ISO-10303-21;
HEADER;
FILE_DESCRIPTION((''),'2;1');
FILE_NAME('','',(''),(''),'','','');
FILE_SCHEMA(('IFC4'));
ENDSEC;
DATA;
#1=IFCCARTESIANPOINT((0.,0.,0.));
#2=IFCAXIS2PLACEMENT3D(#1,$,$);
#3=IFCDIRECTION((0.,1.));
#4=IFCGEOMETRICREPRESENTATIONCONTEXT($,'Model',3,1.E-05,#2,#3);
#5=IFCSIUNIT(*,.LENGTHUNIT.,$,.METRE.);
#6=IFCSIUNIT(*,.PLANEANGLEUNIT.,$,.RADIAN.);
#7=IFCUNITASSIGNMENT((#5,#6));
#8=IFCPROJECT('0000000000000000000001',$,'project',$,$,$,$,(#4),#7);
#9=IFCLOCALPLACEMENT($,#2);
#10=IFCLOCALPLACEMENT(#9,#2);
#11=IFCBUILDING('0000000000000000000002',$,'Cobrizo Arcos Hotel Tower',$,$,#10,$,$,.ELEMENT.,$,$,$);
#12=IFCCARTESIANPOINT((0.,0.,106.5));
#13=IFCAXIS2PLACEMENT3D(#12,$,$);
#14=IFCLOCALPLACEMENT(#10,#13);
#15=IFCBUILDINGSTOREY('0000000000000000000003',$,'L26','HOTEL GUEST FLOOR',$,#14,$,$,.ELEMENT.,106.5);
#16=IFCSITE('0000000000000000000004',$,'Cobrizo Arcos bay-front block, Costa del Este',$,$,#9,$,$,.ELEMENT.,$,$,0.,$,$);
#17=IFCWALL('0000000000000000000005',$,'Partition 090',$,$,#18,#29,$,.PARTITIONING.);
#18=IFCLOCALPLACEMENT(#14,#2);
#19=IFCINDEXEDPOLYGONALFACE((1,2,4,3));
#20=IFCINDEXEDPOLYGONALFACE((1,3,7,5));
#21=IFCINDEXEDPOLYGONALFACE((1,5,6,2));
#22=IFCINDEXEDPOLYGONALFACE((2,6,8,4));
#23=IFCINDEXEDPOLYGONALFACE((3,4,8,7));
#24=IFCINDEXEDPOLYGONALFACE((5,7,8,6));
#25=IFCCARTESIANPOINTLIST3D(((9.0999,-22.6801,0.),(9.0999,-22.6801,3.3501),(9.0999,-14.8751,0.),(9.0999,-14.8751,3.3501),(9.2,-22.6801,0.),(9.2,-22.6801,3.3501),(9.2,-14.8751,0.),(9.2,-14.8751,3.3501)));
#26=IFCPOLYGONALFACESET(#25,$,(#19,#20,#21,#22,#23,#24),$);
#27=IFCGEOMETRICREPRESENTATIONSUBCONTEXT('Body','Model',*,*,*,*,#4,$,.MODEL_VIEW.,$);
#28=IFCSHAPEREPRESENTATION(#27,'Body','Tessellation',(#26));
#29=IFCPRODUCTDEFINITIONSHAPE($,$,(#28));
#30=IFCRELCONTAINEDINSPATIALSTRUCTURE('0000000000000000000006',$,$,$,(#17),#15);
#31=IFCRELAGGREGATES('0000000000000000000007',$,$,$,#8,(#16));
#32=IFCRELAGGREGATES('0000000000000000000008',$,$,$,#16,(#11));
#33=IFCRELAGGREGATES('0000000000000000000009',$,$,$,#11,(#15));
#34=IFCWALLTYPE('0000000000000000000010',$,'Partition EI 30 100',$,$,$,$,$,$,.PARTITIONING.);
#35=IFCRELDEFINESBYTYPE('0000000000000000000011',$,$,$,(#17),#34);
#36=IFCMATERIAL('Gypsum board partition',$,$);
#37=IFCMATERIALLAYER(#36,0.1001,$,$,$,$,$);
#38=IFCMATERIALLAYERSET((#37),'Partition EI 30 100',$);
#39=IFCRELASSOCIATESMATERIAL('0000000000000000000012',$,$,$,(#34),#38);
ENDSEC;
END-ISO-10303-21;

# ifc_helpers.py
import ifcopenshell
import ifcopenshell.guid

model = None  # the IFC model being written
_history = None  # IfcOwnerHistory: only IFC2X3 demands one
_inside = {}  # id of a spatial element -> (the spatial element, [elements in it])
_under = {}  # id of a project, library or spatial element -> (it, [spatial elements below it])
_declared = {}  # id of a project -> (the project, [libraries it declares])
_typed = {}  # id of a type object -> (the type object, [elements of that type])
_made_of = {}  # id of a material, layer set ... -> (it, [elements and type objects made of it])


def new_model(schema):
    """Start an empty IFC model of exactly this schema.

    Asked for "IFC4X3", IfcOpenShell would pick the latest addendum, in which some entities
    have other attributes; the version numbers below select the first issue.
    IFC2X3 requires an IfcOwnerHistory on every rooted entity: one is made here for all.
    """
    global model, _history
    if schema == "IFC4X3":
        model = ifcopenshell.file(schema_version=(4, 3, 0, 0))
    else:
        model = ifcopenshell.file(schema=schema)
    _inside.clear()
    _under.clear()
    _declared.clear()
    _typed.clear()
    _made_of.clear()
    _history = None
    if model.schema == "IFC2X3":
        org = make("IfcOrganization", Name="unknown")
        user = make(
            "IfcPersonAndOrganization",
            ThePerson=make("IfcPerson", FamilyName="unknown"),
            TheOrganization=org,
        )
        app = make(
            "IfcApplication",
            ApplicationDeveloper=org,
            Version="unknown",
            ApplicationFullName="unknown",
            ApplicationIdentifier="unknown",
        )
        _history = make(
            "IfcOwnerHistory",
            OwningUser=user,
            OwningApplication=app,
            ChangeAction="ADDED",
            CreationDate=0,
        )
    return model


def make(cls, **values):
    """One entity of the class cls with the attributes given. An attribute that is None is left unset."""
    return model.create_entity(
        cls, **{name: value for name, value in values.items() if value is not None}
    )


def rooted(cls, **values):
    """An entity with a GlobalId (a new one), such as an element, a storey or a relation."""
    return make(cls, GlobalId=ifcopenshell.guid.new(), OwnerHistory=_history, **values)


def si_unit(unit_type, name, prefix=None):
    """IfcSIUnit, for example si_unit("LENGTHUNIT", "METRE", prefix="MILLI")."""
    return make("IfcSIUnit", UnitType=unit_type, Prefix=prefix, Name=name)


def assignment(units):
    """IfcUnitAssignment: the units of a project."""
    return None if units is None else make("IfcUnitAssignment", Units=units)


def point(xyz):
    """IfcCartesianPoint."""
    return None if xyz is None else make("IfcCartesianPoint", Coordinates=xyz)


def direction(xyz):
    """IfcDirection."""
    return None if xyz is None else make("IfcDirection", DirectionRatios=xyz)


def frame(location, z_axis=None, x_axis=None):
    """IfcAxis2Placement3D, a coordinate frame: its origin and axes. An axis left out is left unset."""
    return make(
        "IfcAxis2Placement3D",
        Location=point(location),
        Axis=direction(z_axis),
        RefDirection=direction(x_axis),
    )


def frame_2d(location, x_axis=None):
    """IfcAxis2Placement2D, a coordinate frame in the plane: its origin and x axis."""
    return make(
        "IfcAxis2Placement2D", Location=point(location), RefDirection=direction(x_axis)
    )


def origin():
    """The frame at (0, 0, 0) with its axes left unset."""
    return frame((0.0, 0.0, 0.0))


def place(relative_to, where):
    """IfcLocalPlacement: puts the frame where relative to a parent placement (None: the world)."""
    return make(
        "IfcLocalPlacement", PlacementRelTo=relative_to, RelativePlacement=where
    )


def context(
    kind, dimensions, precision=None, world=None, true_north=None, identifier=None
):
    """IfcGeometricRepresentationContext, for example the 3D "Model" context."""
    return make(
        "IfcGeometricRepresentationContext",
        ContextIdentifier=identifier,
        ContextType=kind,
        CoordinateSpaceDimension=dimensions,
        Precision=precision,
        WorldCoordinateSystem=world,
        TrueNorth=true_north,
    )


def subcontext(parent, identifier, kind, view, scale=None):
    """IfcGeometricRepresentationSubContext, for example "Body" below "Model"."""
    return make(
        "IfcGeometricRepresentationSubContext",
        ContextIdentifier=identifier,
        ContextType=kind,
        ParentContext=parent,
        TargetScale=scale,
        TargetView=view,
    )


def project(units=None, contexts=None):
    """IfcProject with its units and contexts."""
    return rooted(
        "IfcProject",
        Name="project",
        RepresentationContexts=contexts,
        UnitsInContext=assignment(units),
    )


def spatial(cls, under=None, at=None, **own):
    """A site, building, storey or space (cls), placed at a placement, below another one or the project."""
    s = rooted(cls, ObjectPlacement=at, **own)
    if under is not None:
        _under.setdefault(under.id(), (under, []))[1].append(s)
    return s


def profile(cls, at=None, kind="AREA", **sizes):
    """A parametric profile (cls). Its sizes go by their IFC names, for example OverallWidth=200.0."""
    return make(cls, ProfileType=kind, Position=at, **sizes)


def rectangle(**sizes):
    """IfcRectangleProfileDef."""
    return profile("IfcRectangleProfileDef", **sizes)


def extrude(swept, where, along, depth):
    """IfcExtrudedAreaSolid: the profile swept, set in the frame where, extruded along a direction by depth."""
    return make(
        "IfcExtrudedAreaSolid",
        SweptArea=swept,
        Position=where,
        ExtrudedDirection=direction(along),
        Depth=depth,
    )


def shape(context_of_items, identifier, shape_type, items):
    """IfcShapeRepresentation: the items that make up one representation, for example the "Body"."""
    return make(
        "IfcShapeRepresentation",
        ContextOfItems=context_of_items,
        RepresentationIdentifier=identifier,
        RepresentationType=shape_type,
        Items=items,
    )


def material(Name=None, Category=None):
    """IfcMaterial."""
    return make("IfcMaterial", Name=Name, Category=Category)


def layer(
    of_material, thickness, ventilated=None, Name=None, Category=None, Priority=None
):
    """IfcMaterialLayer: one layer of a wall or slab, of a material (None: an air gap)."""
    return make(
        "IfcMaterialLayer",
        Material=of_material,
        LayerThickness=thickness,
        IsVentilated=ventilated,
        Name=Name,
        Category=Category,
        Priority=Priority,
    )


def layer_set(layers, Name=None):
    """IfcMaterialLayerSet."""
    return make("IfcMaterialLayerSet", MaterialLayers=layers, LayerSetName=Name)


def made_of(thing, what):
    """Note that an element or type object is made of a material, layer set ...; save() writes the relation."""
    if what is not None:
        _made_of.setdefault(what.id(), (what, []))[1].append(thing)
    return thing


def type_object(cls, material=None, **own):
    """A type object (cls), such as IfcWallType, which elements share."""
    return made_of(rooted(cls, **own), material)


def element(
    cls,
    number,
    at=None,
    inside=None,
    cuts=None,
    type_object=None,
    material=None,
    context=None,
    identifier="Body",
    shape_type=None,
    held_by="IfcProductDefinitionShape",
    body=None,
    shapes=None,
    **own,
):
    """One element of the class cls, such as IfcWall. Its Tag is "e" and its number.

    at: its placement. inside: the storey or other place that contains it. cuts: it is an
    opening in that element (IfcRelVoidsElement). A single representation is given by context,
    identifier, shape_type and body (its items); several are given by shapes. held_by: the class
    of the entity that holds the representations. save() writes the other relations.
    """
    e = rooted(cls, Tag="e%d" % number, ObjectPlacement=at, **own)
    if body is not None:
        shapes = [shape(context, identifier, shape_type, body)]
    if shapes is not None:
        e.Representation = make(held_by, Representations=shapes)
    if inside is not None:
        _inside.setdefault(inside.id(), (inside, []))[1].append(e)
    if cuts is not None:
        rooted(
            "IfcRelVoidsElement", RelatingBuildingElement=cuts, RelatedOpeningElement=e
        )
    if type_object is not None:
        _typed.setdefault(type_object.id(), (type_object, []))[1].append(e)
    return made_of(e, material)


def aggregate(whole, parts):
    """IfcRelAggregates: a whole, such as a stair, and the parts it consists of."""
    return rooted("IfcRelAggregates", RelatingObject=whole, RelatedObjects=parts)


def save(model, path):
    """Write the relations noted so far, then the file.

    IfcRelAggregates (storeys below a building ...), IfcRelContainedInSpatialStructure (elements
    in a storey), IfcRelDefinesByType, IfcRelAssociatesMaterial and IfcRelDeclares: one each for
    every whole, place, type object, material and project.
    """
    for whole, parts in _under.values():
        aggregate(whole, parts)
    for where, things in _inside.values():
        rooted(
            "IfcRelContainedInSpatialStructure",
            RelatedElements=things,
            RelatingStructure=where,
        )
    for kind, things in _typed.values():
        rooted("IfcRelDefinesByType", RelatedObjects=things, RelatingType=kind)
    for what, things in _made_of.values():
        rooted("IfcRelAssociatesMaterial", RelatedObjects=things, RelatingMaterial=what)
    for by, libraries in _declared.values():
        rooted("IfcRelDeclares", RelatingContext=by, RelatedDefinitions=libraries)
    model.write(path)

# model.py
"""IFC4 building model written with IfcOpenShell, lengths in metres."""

from ifc_helpers import new_model, si_unit, direction, frame, frame_2d, origin, place, context, subcontext, project, spatial, rectangle, extrude, material, layer, layer_set, type_object, element, save


model = new_model("IFC4")

# Units and contexts
model_context = context("Model", 3, precision=1e-05, world=origin(), true_north=direction((0.0, 1.0)))
body_context = subcontext(model_context, "Body", "Model", "MODEL_VIEW")
ifc_project = project(units=[si_unit("LENGTHUNIT", "METRE"), si_unit("PLANEANGLEUNIT", "RADIAN")], contexts=[model_context])

# Site, building, storey
site_placement = place(None, origin())
site = spatial("IfcSite", under=ifc_project, at=site_placement, Name="Cobrizo Arcos bay-front block, Costa del Este", CompositionType="ELEMENT", RefElevation=0.0)
building_placement = place(site_placement, origin())
building = spatial("IfcBuilding", under=site, at=building_placement, Name="Cobrizo Arcos Hotel Tower", CompositionType="ELEMENT")
storey_placement = place(building_placement, frame((0.0, 0.0, 106.5)))
storey = spatial("IfcBuildingStorey", under=building, at=storey_placement, Name="L26", Description="HOTEL GUEST FLOOR", CompositionType="ELEMENT", Elevation=106.5)

# Shared definitions
ifc_material_1 = material(Name="Gypsum board partition")
ifc_layer_1 = layer(ifc_material_1, 0.1001)
ifc_layer_set_1 = layer_set([ifc_layer_1], Name="Partition EI 30 100")
wall_type = type_object("IfcWallType", Name="Partition EI 30 100", PredefinedType="PARTITIONING", material=ifc_layer_set_1)

# Wall
wall_1_placement = place(storey_placement, frame((9.1499, -22.6799, 0.0), z_axis=(0.0, 0.0, 1.0), x_axis=(0.0, 1.0, 0.0)))
element("IfcWall", 1, at=wall_1_placement, inside=storey, type_object=wall_type, Name="Partition 090", PredefinedType="PARTITIONING", context=body_context, shape_type="SweptSolid", body=[
    extrude(rectangle(XDim=7.8049, YDim=0.1001, at=frame_2d((3.9023, 0.0))), origin(), (0.0, 0.0, 1.0), 3.3501),
])

save(model, "model.ifc")
